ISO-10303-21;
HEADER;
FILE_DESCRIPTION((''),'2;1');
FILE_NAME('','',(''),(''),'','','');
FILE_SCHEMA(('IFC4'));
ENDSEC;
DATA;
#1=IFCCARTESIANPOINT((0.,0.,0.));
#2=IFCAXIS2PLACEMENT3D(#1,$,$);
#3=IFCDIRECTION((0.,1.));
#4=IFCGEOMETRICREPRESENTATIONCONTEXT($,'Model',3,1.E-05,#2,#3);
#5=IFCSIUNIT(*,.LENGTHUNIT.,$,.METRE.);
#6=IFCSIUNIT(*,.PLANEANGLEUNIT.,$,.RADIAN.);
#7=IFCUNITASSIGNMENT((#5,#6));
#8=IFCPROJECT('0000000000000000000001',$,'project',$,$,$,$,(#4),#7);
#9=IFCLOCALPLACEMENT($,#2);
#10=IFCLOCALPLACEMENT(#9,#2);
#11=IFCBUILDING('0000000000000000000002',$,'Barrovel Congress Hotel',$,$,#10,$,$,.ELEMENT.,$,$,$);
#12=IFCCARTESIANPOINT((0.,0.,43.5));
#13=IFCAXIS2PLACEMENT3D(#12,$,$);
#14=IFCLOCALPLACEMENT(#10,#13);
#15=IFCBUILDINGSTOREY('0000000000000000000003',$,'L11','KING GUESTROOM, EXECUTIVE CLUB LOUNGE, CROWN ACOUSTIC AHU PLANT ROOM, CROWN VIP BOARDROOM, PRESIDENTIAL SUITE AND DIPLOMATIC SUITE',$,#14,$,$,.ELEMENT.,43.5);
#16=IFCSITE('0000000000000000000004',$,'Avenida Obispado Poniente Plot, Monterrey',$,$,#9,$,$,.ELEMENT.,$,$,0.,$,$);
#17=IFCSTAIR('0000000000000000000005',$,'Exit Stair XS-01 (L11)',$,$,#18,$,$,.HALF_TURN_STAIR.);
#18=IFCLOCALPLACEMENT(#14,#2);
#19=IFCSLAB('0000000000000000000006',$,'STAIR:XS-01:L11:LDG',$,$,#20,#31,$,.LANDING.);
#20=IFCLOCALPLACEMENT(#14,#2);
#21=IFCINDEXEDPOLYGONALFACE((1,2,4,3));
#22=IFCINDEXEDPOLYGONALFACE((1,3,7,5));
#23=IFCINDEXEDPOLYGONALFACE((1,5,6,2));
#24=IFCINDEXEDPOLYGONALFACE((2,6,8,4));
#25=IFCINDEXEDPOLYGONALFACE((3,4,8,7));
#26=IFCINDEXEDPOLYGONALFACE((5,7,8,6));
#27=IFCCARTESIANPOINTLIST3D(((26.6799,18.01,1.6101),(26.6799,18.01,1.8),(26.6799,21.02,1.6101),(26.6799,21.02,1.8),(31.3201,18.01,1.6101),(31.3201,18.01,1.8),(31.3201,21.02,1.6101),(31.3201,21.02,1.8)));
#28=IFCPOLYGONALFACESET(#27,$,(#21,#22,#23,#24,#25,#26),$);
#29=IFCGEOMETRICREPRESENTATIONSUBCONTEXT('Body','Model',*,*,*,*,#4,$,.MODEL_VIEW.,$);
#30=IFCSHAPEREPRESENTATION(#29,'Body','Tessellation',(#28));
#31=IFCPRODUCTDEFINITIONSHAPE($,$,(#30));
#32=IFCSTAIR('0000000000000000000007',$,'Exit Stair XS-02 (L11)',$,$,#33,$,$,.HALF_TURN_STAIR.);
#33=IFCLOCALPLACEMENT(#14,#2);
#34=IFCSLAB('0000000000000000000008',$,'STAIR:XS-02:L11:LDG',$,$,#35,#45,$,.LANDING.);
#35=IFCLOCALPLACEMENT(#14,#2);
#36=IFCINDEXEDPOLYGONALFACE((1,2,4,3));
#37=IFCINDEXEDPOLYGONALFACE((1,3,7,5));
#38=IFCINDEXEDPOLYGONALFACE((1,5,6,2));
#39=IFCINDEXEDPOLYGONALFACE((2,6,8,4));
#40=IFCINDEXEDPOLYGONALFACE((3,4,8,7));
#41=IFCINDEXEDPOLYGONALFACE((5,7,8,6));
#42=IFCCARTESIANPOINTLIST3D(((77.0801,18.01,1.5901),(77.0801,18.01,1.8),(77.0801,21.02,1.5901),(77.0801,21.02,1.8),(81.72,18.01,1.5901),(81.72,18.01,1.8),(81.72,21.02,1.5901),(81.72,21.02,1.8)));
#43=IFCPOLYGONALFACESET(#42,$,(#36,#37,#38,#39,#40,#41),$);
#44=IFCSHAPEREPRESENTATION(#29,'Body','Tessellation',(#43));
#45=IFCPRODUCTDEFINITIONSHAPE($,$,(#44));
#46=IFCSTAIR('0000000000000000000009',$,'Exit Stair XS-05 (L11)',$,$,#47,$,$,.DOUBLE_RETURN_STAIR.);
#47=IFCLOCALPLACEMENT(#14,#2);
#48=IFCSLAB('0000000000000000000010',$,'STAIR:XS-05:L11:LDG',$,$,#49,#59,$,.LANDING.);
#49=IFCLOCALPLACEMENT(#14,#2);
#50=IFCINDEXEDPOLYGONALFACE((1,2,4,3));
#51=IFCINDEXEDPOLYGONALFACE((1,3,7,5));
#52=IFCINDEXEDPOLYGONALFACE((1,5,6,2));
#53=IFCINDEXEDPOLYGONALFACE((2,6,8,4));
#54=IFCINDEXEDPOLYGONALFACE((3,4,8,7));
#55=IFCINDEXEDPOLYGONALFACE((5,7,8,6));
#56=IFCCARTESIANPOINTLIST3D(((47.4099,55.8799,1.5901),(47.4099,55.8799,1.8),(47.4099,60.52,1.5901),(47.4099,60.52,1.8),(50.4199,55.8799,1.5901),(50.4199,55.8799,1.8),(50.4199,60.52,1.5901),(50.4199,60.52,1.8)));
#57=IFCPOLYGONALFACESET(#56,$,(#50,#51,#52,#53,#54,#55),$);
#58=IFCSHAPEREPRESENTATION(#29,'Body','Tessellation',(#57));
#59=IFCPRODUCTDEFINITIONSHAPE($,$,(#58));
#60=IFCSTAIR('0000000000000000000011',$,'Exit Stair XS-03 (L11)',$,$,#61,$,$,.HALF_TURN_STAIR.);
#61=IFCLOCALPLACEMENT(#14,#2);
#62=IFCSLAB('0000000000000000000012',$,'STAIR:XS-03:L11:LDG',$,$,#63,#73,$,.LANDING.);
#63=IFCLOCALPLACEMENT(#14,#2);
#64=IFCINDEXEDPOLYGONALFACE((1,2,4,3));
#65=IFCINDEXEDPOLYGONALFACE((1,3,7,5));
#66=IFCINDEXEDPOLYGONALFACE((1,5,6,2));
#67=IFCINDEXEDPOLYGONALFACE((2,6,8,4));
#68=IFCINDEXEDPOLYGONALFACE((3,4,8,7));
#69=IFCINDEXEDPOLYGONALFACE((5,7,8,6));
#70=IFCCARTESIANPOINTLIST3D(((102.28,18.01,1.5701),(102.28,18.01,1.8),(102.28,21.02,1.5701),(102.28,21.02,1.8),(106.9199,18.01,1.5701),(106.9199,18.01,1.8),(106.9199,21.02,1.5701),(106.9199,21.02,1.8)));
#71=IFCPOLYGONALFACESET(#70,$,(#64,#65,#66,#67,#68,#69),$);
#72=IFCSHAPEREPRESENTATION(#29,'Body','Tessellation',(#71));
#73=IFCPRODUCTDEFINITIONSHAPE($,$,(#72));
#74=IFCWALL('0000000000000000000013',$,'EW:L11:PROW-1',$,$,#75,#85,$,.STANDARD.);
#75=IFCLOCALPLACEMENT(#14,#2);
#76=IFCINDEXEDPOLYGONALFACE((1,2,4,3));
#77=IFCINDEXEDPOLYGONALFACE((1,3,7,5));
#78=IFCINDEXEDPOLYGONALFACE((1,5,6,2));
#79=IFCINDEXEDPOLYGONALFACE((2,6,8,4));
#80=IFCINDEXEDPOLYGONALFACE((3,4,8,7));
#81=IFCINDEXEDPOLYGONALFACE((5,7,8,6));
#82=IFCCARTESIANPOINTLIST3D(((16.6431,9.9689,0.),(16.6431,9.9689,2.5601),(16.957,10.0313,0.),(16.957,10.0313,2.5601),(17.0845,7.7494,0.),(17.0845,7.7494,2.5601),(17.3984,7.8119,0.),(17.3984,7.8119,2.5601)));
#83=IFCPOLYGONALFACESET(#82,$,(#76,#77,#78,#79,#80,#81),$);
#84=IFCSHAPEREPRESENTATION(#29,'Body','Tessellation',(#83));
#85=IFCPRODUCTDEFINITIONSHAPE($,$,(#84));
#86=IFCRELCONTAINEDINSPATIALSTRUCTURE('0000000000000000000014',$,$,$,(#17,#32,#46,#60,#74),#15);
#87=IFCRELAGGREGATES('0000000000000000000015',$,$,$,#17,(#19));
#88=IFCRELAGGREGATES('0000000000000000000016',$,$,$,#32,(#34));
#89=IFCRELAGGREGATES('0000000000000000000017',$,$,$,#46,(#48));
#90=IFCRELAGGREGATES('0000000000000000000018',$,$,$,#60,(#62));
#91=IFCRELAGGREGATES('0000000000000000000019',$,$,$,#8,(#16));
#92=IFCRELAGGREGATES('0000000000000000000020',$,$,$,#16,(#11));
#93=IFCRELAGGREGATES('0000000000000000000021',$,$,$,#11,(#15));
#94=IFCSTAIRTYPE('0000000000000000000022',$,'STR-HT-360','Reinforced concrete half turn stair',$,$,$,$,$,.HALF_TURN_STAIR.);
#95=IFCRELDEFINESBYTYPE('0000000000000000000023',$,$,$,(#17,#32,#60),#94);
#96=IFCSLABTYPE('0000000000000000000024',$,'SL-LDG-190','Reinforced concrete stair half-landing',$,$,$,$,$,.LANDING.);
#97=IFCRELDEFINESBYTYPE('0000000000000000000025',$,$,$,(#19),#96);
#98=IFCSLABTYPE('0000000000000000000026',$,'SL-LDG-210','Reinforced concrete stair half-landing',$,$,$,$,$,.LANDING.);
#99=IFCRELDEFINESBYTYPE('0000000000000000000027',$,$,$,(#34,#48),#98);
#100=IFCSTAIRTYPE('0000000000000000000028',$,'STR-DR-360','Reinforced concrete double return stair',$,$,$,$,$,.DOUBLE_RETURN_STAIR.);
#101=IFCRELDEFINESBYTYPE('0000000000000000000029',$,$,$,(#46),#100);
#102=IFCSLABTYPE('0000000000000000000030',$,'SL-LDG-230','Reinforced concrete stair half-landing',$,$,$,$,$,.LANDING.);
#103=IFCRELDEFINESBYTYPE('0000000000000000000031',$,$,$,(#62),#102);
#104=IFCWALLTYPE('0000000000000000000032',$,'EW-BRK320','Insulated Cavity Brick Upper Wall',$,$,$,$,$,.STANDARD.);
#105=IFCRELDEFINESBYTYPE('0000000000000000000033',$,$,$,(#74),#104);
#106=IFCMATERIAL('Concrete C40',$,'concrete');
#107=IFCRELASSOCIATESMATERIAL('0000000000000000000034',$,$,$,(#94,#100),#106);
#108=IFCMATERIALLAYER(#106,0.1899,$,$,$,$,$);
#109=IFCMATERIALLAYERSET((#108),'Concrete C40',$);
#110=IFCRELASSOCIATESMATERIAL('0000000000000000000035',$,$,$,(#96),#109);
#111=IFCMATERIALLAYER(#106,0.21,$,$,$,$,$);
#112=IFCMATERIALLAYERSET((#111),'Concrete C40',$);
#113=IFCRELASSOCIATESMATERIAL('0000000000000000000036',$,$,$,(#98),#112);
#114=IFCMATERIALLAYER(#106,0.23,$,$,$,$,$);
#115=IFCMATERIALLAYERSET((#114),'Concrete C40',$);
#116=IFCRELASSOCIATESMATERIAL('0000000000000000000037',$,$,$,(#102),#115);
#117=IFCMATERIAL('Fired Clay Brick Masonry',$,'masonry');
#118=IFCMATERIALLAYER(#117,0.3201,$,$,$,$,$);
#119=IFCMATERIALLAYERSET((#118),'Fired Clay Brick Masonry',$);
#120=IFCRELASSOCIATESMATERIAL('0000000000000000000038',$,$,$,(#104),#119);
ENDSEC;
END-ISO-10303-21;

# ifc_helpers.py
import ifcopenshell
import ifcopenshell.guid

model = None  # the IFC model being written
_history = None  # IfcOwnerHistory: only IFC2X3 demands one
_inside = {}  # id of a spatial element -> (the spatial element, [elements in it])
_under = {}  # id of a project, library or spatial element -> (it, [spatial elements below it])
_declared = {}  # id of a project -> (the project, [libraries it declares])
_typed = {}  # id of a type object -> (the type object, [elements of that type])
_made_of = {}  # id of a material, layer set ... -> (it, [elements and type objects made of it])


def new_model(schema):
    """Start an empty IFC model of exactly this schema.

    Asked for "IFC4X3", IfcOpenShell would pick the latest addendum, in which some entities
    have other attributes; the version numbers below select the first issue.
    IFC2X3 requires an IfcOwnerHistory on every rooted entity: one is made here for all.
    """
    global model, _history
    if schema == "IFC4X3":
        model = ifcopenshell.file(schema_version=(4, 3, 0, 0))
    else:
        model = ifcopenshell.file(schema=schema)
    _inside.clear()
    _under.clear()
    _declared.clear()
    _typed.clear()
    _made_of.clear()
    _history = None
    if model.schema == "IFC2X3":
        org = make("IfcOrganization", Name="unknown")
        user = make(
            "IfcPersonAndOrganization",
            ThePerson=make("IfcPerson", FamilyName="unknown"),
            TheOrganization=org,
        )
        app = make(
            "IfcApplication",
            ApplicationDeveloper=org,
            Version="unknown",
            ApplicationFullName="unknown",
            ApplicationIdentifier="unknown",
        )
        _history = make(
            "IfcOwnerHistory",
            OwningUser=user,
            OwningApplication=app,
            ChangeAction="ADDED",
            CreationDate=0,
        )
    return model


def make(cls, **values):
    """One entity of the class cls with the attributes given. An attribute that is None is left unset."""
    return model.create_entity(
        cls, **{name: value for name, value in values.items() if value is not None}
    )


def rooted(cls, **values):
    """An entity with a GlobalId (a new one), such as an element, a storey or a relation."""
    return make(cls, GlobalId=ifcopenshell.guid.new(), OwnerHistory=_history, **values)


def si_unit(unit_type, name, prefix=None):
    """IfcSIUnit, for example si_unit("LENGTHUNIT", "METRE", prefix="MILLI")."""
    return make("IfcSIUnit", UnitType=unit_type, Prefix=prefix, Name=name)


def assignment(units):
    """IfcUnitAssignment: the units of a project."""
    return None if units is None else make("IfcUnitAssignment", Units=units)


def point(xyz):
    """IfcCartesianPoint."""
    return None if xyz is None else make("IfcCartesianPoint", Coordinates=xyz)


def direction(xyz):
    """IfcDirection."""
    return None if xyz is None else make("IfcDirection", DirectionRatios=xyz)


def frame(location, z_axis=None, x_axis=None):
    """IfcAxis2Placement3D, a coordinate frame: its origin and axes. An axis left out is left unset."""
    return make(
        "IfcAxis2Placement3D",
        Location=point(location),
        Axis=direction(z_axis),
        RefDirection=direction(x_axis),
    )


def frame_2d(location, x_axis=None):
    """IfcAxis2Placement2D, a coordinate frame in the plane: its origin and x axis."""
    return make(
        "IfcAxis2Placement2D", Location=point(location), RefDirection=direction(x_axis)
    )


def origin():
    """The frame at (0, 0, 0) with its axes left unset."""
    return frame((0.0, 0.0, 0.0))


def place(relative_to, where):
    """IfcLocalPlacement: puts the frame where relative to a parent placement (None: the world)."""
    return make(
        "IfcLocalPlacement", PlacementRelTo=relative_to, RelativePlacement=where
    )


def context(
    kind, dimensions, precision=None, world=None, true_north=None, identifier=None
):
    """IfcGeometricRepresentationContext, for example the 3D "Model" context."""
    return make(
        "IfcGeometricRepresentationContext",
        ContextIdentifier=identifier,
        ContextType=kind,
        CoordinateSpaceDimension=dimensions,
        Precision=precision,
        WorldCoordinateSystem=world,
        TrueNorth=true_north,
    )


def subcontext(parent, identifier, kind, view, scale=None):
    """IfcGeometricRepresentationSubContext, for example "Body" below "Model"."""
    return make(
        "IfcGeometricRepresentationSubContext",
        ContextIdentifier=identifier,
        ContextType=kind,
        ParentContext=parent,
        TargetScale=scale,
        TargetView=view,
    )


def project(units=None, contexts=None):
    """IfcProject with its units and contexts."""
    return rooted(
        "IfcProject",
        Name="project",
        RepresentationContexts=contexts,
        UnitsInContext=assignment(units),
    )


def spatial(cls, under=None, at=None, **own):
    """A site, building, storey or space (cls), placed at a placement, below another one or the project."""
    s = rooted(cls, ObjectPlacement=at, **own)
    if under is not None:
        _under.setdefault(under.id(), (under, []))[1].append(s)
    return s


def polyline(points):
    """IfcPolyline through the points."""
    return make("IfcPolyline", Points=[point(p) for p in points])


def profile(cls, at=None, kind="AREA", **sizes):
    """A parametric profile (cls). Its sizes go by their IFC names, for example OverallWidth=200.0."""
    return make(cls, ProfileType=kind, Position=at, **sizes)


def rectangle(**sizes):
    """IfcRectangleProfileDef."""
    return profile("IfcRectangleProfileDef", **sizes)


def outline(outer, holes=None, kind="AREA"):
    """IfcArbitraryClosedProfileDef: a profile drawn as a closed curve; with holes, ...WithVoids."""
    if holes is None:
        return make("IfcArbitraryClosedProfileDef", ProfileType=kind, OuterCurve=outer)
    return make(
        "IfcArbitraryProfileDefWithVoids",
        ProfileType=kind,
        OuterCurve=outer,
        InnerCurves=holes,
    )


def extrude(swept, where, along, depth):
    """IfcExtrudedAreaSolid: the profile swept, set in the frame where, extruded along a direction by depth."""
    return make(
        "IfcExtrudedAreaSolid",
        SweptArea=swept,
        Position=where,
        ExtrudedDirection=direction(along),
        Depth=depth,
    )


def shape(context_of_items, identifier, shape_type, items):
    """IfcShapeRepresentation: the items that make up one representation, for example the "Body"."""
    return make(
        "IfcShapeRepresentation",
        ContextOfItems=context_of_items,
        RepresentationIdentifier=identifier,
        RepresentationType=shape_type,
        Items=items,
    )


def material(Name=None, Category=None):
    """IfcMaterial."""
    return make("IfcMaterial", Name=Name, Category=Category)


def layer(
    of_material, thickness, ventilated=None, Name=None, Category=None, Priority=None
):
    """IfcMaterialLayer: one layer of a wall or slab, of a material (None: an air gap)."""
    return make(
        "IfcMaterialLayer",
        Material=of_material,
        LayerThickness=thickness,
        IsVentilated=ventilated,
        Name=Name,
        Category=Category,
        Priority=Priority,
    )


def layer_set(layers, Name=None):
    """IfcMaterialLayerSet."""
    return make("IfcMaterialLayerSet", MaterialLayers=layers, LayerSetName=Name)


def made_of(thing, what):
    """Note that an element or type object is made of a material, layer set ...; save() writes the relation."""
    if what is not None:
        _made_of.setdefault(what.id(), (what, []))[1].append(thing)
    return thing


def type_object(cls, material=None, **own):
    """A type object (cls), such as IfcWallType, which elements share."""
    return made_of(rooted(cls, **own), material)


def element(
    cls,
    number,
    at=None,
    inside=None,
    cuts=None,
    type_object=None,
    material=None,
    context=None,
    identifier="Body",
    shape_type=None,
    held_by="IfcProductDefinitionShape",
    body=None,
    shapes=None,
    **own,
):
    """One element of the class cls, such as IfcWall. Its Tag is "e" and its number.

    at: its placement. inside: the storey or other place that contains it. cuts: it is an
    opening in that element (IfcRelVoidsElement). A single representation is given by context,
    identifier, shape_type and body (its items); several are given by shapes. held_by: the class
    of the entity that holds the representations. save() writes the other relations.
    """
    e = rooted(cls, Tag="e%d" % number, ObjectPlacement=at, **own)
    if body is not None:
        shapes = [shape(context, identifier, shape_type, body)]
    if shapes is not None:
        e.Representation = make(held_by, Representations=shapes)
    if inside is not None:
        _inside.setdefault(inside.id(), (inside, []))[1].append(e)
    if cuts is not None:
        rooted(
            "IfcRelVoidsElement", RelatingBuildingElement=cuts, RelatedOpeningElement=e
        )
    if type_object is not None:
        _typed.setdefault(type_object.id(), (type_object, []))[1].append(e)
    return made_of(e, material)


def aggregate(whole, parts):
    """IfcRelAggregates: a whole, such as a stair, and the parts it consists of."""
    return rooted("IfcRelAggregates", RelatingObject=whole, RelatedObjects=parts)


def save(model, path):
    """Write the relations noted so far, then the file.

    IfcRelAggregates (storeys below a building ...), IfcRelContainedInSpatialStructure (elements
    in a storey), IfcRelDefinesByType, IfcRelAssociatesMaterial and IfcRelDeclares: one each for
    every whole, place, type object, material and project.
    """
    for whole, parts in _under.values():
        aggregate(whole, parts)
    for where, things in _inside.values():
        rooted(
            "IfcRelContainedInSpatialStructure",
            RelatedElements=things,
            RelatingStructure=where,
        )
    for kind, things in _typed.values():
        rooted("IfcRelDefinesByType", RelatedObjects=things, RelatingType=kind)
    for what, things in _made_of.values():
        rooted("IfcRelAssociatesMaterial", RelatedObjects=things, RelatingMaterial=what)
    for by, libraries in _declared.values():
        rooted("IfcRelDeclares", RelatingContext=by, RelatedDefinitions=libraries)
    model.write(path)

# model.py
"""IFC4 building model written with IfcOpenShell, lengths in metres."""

from ifc_helpers import new_model, si_unit, direction, frame, frame_2d, origin, place, context, subcontext, project, spatial, polyline, rectangle, outline, extrude, material, layer, layer_set, type_object, element, aggregate, save


model = new_model("IFC4")

# Units and contexts
model_context = context("Model", 3, precision=1e-05, world=origin(), true_north=direction((0.0, 1.0)))
body_context = subcontext(model_context, "Body", "Model", "MODEL_VIEW")
ifc_project = project(units=[si_unit("LENGTHUNIT", "METRE"), si_unit("PLANEANGLEUNIT", "RADIAN")], contexts=[model_context])

# Site, building, storey
site_placement = place(None, origin())
site = spatial("IfcSite", under=ifc_project, at=site_placement, Name="Avenida Obispado Poniente Plot, Monterrey", CompositionType="ELEMENT", RefElevation=0.0)
building_placement = place(site_placement, origin())
building = spatial("IfcBuilding", under=site, at=building_placement, Name="Barrovel Congress Hotel", CompositionType="ELEMENT")
storey_placement = place(building_placement, frame((0.0, 0.0, 43.5)))
storey = spatial("IfcBuildingStorey", under=building, at=storey_placement, Name="L11", Description="KING GUESTROOM, EXECUTIVE CLUB LOUNGE, CROWN ACOUSTIC AHU PLANT ROOM, CROWN VIP BOARDROOM, PRESIDENTIAL SUITE AND DIPLOMATIC SUITE", CompositionType="ELEMENT", Elevation=43.5)

# Shared definitions
ifc_material_1 = material(Name="Concrete C40", Category="concrete")

# Stairs, slabs
stair_type_1 = type_object("IfcStairType", Name="STR-HT-360", Description="Reinforced concrete half turn stair", PredefinedType="HALF_TURN_STAIR", material=ifc_material_1)
stair_1_placement = place(storey_placement, origin())
stair_1 = element("IfcStair", 1, at=stair_1_placement, inside=storey, type_object=stair_type_1, Name="Exit Stair XS-01 (L11)", PredefinedType="HALF_TURN_STAIR")
ifc_layer_1 = layer(ifc_material_1, 0.1899)
ifc_layer_set_1 = layer_set([ifc_layer_1], Name="Concrete C40")
slab_type_1 = type_object("IfcSlabType", Name="SL-LDG-190", Description="Reinforced concrete stair half-landing", PredefinedType="LANDING", material=ifc_layer_set_1)
slab_1_placement = place(storey_placement, frame((0.0, 0.0, 1.6101)))
slab_1 = element("IfcSlab", 2, at=slab_1_placement, type_object=slab_type_1, Name="STAIR:XS-01:L11:LDG", PredefinedType="LANDING", context=body_context, shape_type="SweptSolid", body=[
    extrude(outline(polyline([(26.6799, 18.01), (31.3201, 18.01), (31.3201, 21.02), (26.6799, 21.02), (26.6799, 18.01)])), origin(), (0.0, 0.0, 1.0), 0.1899),
])
aggregate(stair_1, [slab_1])
stair_2_placement = place(storey_placement, origin())
stair_2 = element("IfcStair", 3, at=stair_2_placement, inside=storey, type_object=stair_type_1, Name="Exit Stair XS-02 (L11)", PredefinedType="HALF_TURN_STAIR")
ifc_layer_2 = layer(ifc_material_1, 0.21)
ifc_layer_set_2 = layer_set([ifc_layer_2], Name="Concrete C40")
slab_type_2 = type_object("IfcSlabType", Name="SL-LDG-210", Description="Reinforced concrete stair half-landing", PredefinedType="LANDING", material=ifc_layer_set_2)
slab_2_placement = place(storey_placement, frame((0.0, 0.0, 1.5901)))
slab_2 = element("IfcSlab", 4, at=slab_2_placement, type_object=slab_type_2, Name="STAIR:XS-02:L11:LDG", PredefinedType="LANDING", context=body_context, shape_type="SweptSolid", body=[
    extrude(outline(polyline([(77.0801, 18.01), (81.72, 18.01), (81.72, 21.02), (77.0801, 21.02), (77.0801, 18.01)])), origin(), (0.0, 0.0, 1.0), 0.21),
])
aggregate(stair_2, [slab_2])
stair_type_2 = type_object("IfcStairType", Name="STR-DR-360", Description="Reinforced concrete double return stair", PredefinedType="DOUBLE_RETURN_STAIR", material=ifc_material_1)
stair_3_placement = place(storey_placement, origin())
stair_3 = element("IfcStair", 5, at=stair_3_placement, inside=storey, type_object=stair_type_2, Name="Exit Stair XS-05 (L11)", PredefinedType="DOUBLE_RETURN_STAIR")
slab_3_placement = place(storey_placement, frame((0.0, 0.0, 1.5901)))
slab_3 = element("IfcSlab", 6, at=slab_3_placement, type_object=slab_type_2, Name="STAIR:XS-05:L11:LDG", PredefinedType="LANDING", context=body_context, shape_type="SweptSolid", body=[
    extrude(outline(polyline([(47.4099, 55.8799), (50.4199, 55.8799), (50.4199, 60.52), (47.4099, 60.52), (47.4099, 55.8799)])), origin(), (0.0, 0.0, 1.0), 0.21),
])
aggregate(stair_3, [slab_3])
stair_4_placement = place(storey_placement, origin())
stair_4 = element("IfcStair", 7, at=stair_4_placement, inside=storey, type_object=stair_type_1, Name="Exit Stair XS-03 (L11)", PredefinedType="HALF_TURN_STAIR")
ifc_layer_3 = layer(ifc_material_1, 0.23)
ifc_layer_set_3 = layer_set([ifc_layer_3], Name="Concrete C40")
slab_type_3 = type_object("IfcSlabType", Name="SL-LDG-230", Description="Reinforced concrete stair half-landing", PredefinedType="LANDING", material=ifc_layer_set_3)
slab_4_placement = place(storey_placement, frame((0.0, 0.0, 1.5701)))
slab_4 = element("IfcSlab", 8, at=slab_4_placement, type_object=slab_type_3, Name="STAIR:XS-03:L11:LDG", PredefinedType="LANDING", context=body_context, shape_type="SweptSolid", body=[
    extrude(outline(polyline([(102.28, 18.01), (106.9199, 18.01), (106.9199, 21.02), (102.28, 21.02), (102.28, 18.01)])), origin(), (0.0, 0.0, 1.0), 0.23),
])
aggregate(stair_4, [slab_4])

# Wall
ifc_material_2 = material(Name="Fired Clay Brick Masonry", Category="masonry")
ifc_layer_4 = layer(ifc_material_2, 0.3201)
ifc_layer_set_4 = layer_set([ifc_layer_4], Name="Fired Clay Brick Masonry")
wall_type = type_object("IfcWallType", Name="EW-BRK320", Description="Insulated Cavity Brick Upper Wall", PredefinedType="STANDARD", material=ifc_layer_set_4)
wall_placement = place(storey_placement, frame((16.8, 10.0, 0.0), z_axis=(0.0, 0.0, 1.0), x_axis=(0.195058, -0.980792, 0.0)))
element("IfcWall", 9, at=wall_placement, inside=storey, type_object=wall_type, Name="EW:L11:PROW-1", PredefinedType="STANDARD", context=body_context, shape_type="SweptSolid", body=[
    extrude(rectangle(XDim=2.2629, YDim=0.3201, at=frame_2d((1.1313, 0.0))), origin(), (0.0, 0.0, 1.0), 2.5601),
])

save(model, "model.ifc")
